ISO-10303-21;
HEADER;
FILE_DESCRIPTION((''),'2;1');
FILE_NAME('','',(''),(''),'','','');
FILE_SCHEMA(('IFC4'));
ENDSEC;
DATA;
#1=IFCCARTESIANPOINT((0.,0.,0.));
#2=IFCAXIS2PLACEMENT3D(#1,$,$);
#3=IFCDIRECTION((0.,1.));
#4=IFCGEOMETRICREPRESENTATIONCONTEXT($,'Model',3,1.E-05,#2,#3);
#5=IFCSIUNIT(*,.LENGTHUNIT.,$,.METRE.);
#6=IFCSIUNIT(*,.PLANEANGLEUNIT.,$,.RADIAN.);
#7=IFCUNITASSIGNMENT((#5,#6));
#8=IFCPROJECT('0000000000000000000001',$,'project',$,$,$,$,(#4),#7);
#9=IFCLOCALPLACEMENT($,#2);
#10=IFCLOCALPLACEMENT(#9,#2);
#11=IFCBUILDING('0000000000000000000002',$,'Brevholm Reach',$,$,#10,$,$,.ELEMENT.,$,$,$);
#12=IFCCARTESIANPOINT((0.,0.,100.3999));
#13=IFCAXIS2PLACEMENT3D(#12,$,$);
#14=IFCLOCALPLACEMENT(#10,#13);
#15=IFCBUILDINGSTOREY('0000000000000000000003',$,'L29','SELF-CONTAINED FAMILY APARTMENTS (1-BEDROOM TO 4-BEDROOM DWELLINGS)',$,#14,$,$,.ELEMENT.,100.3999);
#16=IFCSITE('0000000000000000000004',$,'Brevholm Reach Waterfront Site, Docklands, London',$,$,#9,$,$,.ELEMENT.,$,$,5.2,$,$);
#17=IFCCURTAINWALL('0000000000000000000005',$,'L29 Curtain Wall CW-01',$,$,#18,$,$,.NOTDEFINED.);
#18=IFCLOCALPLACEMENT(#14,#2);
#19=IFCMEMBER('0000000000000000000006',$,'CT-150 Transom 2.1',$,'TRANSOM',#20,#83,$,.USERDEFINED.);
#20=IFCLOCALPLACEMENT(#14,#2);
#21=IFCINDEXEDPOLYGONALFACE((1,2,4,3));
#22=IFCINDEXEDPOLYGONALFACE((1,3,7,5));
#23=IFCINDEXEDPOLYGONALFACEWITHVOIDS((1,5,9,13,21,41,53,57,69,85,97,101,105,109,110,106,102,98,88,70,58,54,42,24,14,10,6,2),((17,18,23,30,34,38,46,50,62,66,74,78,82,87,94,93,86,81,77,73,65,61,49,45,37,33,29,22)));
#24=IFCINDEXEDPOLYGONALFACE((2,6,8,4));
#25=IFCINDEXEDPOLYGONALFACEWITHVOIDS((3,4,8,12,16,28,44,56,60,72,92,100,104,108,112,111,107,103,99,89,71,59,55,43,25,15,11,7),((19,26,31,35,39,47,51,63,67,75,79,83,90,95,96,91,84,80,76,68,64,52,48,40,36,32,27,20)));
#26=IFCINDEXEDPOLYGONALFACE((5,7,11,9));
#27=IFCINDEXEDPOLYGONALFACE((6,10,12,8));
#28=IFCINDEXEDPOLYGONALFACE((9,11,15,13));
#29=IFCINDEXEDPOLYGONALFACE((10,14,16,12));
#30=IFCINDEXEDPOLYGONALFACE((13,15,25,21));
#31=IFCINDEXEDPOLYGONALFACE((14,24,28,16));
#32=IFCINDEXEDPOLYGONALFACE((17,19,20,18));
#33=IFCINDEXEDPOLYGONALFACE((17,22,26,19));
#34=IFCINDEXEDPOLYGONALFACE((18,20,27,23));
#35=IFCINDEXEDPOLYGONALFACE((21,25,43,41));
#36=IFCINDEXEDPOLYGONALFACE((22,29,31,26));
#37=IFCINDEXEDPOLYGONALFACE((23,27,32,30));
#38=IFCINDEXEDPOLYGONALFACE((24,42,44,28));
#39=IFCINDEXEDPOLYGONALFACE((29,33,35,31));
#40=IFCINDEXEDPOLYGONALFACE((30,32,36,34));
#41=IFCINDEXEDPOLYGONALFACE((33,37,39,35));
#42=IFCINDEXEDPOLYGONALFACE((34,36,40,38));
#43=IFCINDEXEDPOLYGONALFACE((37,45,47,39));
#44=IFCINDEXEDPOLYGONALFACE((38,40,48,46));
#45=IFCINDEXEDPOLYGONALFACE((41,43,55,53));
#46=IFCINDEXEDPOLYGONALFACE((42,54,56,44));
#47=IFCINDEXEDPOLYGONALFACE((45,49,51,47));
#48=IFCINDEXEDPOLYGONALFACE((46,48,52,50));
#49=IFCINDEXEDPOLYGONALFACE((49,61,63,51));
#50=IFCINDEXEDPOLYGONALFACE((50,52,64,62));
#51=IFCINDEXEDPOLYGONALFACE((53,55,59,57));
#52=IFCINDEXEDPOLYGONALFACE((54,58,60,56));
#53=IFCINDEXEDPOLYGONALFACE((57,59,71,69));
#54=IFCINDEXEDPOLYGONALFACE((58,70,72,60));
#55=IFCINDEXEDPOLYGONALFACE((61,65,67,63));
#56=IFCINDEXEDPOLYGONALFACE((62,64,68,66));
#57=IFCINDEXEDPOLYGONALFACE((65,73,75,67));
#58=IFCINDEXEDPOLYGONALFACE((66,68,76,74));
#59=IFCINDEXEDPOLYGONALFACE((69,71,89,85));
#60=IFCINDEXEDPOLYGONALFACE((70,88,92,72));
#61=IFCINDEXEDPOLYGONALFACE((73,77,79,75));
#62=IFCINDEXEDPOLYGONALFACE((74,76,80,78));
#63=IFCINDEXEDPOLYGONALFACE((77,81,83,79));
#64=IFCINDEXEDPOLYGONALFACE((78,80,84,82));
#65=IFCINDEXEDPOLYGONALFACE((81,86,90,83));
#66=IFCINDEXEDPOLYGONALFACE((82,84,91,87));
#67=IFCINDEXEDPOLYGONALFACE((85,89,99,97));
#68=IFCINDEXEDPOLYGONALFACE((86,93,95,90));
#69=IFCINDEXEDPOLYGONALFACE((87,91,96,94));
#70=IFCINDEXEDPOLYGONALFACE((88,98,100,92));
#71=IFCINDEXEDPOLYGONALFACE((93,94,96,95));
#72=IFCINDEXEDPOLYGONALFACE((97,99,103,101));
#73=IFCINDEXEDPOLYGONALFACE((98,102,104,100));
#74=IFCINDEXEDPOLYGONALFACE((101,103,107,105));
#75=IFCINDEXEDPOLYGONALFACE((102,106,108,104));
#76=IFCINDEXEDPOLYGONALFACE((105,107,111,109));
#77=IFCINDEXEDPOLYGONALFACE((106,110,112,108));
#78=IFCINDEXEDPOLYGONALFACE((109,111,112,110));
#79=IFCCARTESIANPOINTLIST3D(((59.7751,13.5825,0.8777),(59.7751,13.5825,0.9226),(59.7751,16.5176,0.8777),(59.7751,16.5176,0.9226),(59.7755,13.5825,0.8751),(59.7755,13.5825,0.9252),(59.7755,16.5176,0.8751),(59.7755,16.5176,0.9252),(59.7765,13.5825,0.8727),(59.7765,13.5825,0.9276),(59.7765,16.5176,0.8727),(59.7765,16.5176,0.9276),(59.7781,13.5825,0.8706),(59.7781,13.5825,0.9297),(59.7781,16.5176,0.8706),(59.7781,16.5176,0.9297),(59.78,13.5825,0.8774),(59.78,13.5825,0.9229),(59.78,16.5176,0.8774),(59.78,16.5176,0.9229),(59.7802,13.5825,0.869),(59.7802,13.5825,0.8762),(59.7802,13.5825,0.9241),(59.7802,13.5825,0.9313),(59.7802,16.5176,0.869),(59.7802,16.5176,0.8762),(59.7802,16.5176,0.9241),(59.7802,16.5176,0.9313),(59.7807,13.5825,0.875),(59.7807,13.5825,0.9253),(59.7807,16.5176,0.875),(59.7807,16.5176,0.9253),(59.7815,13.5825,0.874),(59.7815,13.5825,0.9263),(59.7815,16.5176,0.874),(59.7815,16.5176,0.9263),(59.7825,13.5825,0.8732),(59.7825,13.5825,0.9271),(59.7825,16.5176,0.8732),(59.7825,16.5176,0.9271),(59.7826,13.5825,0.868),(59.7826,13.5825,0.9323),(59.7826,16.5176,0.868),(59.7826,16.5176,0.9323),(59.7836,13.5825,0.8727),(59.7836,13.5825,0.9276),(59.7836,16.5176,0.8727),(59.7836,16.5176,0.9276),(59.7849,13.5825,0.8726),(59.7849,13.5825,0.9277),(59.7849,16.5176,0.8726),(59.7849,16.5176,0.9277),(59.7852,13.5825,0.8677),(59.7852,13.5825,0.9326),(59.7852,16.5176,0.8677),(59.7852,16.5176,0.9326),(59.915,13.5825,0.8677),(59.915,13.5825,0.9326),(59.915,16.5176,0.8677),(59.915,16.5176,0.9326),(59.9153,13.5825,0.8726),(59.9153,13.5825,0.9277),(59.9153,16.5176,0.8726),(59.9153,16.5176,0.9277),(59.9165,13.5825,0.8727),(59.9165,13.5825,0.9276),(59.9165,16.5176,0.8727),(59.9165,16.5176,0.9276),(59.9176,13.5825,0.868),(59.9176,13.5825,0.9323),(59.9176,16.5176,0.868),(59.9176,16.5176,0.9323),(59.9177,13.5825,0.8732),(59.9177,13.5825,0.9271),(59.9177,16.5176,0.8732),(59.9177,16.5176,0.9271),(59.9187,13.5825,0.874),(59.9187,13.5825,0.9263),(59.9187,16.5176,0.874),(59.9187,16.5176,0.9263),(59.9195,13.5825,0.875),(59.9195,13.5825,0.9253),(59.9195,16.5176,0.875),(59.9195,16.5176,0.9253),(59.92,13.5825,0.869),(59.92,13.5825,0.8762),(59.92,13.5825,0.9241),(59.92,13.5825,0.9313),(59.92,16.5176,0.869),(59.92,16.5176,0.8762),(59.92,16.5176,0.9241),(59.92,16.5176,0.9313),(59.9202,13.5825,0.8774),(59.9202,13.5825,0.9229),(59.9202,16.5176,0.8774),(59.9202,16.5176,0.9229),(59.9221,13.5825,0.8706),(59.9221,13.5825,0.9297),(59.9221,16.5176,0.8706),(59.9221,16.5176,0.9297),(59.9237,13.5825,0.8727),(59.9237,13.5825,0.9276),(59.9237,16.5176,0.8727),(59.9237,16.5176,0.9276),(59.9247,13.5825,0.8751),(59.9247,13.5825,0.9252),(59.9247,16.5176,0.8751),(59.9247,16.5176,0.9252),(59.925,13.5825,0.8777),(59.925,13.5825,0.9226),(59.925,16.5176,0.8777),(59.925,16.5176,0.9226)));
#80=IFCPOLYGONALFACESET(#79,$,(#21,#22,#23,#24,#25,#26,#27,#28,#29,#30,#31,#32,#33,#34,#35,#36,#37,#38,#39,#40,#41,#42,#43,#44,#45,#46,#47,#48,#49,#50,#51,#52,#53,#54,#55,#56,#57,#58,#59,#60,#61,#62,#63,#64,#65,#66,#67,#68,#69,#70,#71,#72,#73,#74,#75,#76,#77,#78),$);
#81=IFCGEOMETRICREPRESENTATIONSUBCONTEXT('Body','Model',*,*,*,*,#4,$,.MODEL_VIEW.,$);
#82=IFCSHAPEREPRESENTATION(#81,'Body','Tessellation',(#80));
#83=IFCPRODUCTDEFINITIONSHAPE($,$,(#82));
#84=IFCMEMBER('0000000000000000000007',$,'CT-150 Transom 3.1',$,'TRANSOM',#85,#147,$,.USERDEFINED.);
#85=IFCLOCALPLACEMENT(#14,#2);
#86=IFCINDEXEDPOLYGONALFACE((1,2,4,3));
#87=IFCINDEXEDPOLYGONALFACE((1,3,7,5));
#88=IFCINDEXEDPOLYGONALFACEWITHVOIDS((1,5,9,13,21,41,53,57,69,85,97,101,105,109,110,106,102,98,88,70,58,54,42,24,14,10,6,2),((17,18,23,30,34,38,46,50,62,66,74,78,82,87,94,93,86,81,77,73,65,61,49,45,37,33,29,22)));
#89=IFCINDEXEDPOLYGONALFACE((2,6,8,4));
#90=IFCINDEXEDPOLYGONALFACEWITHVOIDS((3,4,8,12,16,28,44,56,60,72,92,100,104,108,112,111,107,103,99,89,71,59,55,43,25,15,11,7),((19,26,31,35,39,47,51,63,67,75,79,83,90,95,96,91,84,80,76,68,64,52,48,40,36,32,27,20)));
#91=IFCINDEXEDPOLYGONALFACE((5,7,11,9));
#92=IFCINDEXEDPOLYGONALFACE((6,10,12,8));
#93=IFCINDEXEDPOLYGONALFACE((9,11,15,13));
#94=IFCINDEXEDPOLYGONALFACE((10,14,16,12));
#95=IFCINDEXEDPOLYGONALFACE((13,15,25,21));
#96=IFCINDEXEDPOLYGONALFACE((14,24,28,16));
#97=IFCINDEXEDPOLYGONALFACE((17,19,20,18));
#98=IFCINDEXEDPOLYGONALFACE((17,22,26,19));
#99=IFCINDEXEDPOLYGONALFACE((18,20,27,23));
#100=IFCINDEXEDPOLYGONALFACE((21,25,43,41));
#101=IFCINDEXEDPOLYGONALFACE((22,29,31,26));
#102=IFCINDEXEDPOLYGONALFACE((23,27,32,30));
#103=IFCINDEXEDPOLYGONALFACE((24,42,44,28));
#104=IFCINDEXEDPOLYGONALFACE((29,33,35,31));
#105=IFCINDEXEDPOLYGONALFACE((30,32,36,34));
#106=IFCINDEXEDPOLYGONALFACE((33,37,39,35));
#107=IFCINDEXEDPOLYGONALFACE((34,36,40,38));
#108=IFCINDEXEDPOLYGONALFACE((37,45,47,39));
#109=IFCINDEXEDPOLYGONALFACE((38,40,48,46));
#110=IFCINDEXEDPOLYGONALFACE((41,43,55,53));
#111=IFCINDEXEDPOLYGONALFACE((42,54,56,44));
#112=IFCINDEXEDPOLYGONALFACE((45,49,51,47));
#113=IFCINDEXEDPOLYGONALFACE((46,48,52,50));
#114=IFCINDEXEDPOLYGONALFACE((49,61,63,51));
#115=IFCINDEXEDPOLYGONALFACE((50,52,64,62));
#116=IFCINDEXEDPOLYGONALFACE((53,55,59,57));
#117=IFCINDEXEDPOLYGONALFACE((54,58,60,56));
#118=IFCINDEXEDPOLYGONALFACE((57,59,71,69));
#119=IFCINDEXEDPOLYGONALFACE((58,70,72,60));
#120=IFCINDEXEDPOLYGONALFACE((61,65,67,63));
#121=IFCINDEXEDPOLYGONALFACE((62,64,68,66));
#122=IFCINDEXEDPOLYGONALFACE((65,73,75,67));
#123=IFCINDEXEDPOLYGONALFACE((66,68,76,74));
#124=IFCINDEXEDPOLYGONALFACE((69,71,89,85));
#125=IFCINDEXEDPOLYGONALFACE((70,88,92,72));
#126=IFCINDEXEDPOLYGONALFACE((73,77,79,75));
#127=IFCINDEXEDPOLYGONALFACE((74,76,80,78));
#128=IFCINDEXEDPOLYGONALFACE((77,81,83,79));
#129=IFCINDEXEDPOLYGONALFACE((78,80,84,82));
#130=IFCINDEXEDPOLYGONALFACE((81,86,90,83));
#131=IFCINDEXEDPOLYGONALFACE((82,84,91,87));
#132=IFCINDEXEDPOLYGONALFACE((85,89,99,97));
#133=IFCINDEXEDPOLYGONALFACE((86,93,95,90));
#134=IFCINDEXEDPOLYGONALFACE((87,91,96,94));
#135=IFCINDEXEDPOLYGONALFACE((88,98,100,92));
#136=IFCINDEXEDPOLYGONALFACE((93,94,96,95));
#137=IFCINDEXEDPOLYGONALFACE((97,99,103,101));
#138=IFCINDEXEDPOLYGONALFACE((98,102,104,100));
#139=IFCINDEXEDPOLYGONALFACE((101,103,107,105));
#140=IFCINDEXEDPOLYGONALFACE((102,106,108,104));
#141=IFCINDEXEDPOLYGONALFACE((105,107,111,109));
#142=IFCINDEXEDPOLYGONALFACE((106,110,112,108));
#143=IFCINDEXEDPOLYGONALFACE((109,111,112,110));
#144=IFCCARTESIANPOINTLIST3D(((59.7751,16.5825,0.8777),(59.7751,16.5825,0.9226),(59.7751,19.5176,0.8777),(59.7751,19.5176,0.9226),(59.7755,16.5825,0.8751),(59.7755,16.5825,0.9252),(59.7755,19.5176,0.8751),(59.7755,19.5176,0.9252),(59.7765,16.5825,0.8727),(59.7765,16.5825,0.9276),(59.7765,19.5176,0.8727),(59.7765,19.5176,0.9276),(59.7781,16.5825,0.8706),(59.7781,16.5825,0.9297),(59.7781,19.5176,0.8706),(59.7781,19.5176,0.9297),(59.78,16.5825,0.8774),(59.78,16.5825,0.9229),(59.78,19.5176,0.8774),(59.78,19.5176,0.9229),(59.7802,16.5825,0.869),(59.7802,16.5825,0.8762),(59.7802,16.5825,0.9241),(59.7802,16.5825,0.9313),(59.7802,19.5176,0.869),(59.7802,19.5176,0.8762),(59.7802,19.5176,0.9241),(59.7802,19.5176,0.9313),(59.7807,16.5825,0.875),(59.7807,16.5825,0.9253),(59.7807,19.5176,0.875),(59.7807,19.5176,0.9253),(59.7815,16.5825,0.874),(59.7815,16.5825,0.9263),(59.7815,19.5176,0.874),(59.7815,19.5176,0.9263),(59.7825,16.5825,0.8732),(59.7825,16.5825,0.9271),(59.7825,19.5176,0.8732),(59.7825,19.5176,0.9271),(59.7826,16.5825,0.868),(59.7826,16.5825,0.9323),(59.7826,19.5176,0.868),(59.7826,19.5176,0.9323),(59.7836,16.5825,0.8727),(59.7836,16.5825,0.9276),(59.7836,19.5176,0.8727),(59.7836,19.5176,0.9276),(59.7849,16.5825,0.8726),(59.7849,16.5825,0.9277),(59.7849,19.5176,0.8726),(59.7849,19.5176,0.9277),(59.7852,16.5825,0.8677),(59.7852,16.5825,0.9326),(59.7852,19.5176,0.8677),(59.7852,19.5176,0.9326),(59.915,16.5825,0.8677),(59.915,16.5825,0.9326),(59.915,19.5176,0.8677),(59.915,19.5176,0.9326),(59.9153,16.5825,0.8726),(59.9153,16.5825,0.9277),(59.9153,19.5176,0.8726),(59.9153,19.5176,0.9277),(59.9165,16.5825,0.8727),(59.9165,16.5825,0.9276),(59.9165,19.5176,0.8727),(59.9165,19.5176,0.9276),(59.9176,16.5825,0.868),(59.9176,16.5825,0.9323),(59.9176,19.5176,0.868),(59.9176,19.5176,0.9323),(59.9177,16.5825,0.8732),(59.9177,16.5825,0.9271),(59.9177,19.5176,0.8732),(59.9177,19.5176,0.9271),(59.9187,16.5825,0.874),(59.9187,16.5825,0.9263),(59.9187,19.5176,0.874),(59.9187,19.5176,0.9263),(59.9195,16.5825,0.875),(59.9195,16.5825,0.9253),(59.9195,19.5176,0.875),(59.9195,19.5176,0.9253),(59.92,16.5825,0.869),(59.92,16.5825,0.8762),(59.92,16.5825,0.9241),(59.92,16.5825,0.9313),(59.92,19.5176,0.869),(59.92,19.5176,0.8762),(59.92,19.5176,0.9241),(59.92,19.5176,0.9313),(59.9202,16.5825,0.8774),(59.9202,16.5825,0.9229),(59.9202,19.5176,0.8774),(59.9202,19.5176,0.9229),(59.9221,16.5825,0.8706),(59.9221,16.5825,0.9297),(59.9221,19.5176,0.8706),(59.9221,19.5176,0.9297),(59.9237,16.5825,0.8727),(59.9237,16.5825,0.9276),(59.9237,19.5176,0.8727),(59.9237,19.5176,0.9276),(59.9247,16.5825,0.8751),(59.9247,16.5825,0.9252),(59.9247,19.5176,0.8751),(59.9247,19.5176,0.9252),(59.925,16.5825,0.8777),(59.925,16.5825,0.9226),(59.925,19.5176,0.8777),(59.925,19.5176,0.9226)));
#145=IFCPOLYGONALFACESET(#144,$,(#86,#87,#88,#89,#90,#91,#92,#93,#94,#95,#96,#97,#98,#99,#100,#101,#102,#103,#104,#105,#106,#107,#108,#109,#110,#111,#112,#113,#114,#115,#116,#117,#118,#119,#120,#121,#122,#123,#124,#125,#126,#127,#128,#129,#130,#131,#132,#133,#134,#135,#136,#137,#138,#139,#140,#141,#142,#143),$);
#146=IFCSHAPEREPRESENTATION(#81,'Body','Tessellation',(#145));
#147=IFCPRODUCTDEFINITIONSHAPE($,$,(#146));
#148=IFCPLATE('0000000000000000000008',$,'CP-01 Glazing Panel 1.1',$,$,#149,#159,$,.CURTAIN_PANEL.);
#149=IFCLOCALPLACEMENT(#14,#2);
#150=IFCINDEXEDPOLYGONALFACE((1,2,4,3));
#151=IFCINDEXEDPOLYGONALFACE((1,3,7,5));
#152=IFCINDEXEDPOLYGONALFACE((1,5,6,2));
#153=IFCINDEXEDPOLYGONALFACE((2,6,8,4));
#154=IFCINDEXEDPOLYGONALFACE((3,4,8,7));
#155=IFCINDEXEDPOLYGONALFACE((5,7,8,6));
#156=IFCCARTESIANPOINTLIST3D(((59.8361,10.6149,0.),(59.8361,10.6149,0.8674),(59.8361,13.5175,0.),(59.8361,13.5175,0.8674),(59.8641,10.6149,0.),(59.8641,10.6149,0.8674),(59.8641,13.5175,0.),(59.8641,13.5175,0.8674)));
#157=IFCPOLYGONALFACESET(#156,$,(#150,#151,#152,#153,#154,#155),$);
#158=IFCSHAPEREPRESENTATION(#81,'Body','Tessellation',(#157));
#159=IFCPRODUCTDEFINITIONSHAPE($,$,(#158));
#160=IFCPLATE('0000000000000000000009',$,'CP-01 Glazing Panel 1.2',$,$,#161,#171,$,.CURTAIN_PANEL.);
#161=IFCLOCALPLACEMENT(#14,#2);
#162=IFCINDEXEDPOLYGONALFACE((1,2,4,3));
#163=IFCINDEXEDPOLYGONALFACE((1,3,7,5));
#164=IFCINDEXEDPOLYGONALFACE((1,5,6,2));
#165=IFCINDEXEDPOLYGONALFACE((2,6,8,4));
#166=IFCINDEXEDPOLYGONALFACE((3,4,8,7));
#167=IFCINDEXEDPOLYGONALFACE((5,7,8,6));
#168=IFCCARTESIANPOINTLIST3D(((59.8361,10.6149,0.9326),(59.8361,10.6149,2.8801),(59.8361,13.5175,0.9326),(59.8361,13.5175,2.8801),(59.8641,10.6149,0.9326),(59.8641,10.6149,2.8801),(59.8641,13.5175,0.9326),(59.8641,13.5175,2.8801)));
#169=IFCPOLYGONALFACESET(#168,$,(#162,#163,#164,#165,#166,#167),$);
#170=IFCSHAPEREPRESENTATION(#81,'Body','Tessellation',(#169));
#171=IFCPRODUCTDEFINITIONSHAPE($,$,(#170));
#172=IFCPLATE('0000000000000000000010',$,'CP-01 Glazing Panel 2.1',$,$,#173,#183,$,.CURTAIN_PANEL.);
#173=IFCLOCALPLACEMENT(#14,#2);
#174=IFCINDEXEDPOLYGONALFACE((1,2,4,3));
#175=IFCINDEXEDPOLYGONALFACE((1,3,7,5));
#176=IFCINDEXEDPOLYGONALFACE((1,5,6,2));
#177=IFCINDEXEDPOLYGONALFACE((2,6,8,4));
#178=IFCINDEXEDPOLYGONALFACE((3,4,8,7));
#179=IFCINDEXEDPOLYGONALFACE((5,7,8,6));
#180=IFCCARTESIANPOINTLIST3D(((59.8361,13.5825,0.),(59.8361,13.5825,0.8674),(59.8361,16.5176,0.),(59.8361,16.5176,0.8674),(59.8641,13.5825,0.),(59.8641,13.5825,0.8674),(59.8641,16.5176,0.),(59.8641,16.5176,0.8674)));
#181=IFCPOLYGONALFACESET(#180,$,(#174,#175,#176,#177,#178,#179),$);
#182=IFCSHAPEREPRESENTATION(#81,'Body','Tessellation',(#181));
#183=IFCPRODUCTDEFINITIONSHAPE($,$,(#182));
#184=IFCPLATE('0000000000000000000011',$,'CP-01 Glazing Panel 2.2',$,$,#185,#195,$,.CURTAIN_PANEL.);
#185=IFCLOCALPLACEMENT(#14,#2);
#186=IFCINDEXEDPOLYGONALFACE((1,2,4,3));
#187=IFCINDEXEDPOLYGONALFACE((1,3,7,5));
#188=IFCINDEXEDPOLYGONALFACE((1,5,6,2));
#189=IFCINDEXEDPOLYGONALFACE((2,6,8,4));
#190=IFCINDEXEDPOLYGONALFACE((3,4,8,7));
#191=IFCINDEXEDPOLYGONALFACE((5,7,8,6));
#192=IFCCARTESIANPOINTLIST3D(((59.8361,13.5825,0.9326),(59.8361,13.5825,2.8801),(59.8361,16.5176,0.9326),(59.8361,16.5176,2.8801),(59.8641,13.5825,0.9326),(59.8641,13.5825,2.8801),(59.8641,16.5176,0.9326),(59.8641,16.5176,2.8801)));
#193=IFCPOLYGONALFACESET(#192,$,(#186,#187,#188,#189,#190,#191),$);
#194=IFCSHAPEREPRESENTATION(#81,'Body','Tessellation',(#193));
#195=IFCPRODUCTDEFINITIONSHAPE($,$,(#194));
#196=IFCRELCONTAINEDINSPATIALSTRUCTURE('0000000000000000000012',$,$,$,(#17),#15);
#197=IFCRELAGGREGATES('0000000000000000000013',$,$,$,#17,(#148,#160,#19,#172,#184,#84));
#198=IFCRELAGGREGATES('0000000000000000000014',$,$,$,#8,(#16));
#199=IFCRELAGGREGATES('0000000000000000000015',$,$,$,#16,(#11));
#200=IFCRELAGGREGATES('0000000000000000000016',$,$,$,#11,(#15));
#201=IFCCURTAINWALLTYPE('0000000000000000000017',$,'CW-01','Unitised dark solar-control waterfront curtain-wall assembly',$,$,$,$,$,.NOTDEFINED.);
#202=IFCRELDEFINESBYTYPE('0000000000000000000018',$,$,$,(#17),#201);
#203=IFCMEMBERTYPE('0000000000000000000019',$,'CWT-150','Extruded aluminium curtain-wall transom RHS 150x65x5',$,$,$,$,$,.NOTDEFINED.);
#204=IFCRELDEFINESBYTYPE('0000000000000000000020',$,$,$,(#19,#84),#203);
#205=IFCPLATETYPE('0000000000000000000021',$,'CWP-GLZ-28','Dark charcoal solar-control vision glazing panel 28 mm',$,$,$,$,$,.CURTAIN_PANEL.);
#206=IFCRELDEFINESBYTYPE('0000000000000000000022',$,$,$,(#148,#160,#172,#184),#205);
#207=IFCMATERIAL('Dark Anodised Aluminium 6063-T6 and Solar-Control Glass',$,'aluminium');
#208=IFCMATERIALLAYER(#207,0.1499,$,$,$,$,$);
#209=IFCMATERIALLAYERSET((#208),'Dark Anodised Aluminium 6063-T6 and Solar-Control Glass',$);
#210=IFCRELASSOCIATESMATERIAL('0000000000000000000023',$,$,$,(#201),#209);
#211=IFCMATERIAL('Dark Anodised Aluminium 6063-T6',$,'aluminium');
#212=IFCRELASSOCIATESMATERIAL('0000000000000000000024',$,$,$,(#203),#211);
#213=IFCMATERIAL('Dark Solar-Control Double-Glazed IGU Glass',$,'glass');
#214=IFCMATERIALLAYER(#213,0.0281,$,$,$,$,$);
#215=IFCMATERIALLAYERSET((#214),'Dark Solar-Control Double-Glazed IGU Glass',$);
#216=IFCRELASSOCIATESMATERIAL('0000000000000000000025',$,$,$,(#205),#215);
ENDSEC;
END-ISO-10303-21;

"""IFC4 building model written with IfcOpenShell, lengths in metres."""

from ifc_helpers import new_model, si_unit, direction, frame, origin, origin_2d, place, context, subcontext, project, spatial, rectangle, hollow_rectangle, extrude, material, layer, layer_set, material_profile, profile_set, type_object, element, aggregate, save


model = new_model("IFC4")

# Units and contexts
model_context = context("Model", 3, precision=1e-05, world=origin(), true_north=direction((0.0, 1.0)))
body_context = subcontext(model_context, "Body", "Model", "MODEL_VIEW")
ifc_project = project(units=[si_unit("LENGTHUNIT", "METRE"), si_unit("PLANEANGLEUNIT", "RADIAN")], contexts=[model_context])

# Site, building, storey
site_placement = place(None, origin())
site = spatial("IfcSite", under=ifc_project, at=site_placement, Name="Brevholm Reach Waterfront Site, Docklands, London", CompositionType="ELEMENT", RefElevation=5.2)
building_placement = place(site_placement, origin())
building = spatial("IfcBuilding", under=site, at=building_placement, Name="Brevholm Reach", CompositionType="ELEMENT")
storey_placement = place(building_placement, frame((0.0, 0.0, 100.3999)))
storey = spatial("IfcBuildingStorey", under=building, at=storey_placement, Name="L29", Description="SELF-CONTAINED FAMILY APARTMENTS (1-BEDROOM TO 4-BEDROOM DWELLINGS)", CompositionType="ELEMENT", Elevation=100.3999)

# Curtain wall, members, plates
ifc_material_1 = material(Name="Dark Anodised Aluminium 6063-T6 and Solar-Control Glass", Category="aluminium")
ifc_layer_1 = layer(ifc_material_1, 0.1499)
ifc_layer_set_1 = layer_set([ifc_layer_1], Name="Dark Anodised Aluminium 6063-T6 and Solar-Control Glass")
curtain_wall_type = type_object("IfcCurtainWallType", Name="CW-01", Description="Unitised dark solar-control waterfront curtain-wall assembly", PredefinedType="NOTDEFINED", material=ifc_layer_set_1)
curtain_wall_placement = place(storey_placement, origin())
curtain_wall = element("IfcCurtainWall", 1, at=curtain_wall_placement, inside=storey, type_object=curtain_wall_type, Name="L29 Curtain Wall CW-01", PredefinedType="NOTDEFINED")
ifc_material_2 = material(Name="Dark Anodised Aluminium 6063-T6", Category="aluminium")
ifc_material_profile_1 = material_profile(ifc_material_2, hollow_rectangle(XDim=0.0649, YDim=0.1499, WallThickness=0.0049, InnerFilletRadius=0.0049, OuterFilletRadius=0.01, at=origin_2d()), Name="RHS 150x65x5")
ifc_profile_set_1 = profile_set([ifc_material_profile_1], Name="Dark Anodised Aluminium 6063-T6")
member_type_1 = type_object("IfcMemberType", Name="CWT-150", Description="Extruded aluminium curtain-wall transom RHS 150x65x5", PredefinedType="NOTDEFINED", material=ifc_profile_set_1)
member_1_placement = place(storey_placement, frame((59.8501, 13.5825, 0.9001), z_axis=(0.0, 1.0, 0.0), x_axis=(0.0, 0.0, 1.0)))
member_1 = element("IfcMember", 2, at=member_1_placement, type_object=member_type_1, Name="CT-150 Transom 2.1", ObjectType="TRANSOM", PredefinedType="USERDEFINED", context=body_context, shape_type="SweptSolid", body=[
    extrude(hollow_rectangle(XDim=0.0649, YDim=0.1499, WallThickness=0.0049, InnerFilletRadius=0.0049, OuterFilletRadius=0.01, at=origin_2d()), origin(), (0.0, 0.0, 1.0), 2.9351),
])
member_2_placement = place(storey_placement, frame((59.8501, 16.5825, 0.9001), z_axis=(0.0, 1.0, 0.0), x_axis=(0.0, 0.0, 1.0)))
member_2 = element("IfcMember", 3, at=member_2_placement, type_object=member_type_1, Name="CT-150 Transom 3.1", ObjectType="TRANSOM", PredefinedType="USERDEFINED", context=body_context, shape_type="SweptSolid", body=[
    extrude(hollow_rectangle(XDim=0.0649, YDim=0.1499, WallThickness=0.0049, InnerFilletRadius=0.0049, OuterFilletRadius=0.01, at=origin_2d()), origin(), (0.0, 0.0, 1.0), 2.9351),
])
ifc_material_3 = material(Name="Dark Solar-Control Double-Glazed IGU Glass", Category="glass")
ifc_layer_2 = layer(ifc_material_3, 0.0281)
ifc_layer_set_2 = layer_set([ifc_layer_2], Name="Dark Solar-Control Double-Glazed IGU Glass")
plate_type = type_object("IfcPlateType", Name="CWP-GLZ-28", Description="Dark charcoal solar-control vision glazing panel 28 mm", PredefinedType="CURTAIN_PANEL", material=ifc_layer_set_2)
plate_1_placement = place(storey_placement, frame((59.8501, 12.0662, 0.0), z_axis=(0.0, 0.0, 1.0), x_axis=(0.0, 1.0, 0.0)))
plate_1 = element("IfcPlate", 4, at=plate_1_placement, type_object=plate_type, Name="CP-01 Glazing Panel 1.1", PredefinedType="CURTAIN_PANEL", context=body_context, shape_type="SweptSolid", body=[
    extrude(rectangle(XDim=2.9026, YDim=0.0281, at=origin_2d()), origin(), (0.0, 0.0, 1.0), 0.8674),
])
plate_2_placement = place(storey_placement, frame((59.8501, 12.0662, 0.9326), z_axis=(0.0, 0.0, 1.0), x_axis=(0.0, 1.0, 0.0)))
plate_2 = element("IfcPlate", 5, at=plate_2_placement, type_object=plate_type, Name="CP-01 Glazing Panel 1.2", PredefinedType="CURTAIN_PANEL", context=body_context, shape_type="SweptSolid", body=[
    extrude(rectangle(XDim=2.9026, YDim=0.0281, at=origin_2d()), origin(), (0.0, 0.0, 1.0), 1.9475),
])
plate_3_placement = place(storey_placement, frame((59.8501, 15.05, 0.0), z_axis=(0.0, 0.0, 1.0), x_axis=(0.0, 1.0, 0.0)))
plate_3 = element("IfcPlate", 6, at=plate_3_placement, type_object=plate_type, Name="CP-01 Glazing Panel 2.1", PredefinedType="CURTAIN_PANEL", context=body_context, shape_type="SweptSolid", body=[
    extrude(rectangle(XDim=2.9351, YDim=0.0281, at=origin_2d()), origin(), (0.0, 0.0, 1.0), 0.8674),
])
plate_4_placement = place(storey_placement, frame((59.8501, 15.05, 0.9326), z_axis=(0.0, 0.0, 1.0), x_axis=(0.0, 1.0, 0.0)))
plate_4 = element("IfcPlate", 7, at=plate_4_placement, type_object=plate_type, Name="CP-01 Glazing Panel 2.2", PredefinedType="CURTAIN_PANEL", context=body_context, shape_type="SweptSolid", body=[
    extrude(rectangle(XDim=2.9351, YDim=0.0281, at=origin_2d()), origin(), (0.0, 0.0, 1.0), 1.9475),
])
aggregate(curtain_wall, [plate_1, plate_2, member_1, plate_3, plate_4, member_2])

save(model, "model.ifc")
